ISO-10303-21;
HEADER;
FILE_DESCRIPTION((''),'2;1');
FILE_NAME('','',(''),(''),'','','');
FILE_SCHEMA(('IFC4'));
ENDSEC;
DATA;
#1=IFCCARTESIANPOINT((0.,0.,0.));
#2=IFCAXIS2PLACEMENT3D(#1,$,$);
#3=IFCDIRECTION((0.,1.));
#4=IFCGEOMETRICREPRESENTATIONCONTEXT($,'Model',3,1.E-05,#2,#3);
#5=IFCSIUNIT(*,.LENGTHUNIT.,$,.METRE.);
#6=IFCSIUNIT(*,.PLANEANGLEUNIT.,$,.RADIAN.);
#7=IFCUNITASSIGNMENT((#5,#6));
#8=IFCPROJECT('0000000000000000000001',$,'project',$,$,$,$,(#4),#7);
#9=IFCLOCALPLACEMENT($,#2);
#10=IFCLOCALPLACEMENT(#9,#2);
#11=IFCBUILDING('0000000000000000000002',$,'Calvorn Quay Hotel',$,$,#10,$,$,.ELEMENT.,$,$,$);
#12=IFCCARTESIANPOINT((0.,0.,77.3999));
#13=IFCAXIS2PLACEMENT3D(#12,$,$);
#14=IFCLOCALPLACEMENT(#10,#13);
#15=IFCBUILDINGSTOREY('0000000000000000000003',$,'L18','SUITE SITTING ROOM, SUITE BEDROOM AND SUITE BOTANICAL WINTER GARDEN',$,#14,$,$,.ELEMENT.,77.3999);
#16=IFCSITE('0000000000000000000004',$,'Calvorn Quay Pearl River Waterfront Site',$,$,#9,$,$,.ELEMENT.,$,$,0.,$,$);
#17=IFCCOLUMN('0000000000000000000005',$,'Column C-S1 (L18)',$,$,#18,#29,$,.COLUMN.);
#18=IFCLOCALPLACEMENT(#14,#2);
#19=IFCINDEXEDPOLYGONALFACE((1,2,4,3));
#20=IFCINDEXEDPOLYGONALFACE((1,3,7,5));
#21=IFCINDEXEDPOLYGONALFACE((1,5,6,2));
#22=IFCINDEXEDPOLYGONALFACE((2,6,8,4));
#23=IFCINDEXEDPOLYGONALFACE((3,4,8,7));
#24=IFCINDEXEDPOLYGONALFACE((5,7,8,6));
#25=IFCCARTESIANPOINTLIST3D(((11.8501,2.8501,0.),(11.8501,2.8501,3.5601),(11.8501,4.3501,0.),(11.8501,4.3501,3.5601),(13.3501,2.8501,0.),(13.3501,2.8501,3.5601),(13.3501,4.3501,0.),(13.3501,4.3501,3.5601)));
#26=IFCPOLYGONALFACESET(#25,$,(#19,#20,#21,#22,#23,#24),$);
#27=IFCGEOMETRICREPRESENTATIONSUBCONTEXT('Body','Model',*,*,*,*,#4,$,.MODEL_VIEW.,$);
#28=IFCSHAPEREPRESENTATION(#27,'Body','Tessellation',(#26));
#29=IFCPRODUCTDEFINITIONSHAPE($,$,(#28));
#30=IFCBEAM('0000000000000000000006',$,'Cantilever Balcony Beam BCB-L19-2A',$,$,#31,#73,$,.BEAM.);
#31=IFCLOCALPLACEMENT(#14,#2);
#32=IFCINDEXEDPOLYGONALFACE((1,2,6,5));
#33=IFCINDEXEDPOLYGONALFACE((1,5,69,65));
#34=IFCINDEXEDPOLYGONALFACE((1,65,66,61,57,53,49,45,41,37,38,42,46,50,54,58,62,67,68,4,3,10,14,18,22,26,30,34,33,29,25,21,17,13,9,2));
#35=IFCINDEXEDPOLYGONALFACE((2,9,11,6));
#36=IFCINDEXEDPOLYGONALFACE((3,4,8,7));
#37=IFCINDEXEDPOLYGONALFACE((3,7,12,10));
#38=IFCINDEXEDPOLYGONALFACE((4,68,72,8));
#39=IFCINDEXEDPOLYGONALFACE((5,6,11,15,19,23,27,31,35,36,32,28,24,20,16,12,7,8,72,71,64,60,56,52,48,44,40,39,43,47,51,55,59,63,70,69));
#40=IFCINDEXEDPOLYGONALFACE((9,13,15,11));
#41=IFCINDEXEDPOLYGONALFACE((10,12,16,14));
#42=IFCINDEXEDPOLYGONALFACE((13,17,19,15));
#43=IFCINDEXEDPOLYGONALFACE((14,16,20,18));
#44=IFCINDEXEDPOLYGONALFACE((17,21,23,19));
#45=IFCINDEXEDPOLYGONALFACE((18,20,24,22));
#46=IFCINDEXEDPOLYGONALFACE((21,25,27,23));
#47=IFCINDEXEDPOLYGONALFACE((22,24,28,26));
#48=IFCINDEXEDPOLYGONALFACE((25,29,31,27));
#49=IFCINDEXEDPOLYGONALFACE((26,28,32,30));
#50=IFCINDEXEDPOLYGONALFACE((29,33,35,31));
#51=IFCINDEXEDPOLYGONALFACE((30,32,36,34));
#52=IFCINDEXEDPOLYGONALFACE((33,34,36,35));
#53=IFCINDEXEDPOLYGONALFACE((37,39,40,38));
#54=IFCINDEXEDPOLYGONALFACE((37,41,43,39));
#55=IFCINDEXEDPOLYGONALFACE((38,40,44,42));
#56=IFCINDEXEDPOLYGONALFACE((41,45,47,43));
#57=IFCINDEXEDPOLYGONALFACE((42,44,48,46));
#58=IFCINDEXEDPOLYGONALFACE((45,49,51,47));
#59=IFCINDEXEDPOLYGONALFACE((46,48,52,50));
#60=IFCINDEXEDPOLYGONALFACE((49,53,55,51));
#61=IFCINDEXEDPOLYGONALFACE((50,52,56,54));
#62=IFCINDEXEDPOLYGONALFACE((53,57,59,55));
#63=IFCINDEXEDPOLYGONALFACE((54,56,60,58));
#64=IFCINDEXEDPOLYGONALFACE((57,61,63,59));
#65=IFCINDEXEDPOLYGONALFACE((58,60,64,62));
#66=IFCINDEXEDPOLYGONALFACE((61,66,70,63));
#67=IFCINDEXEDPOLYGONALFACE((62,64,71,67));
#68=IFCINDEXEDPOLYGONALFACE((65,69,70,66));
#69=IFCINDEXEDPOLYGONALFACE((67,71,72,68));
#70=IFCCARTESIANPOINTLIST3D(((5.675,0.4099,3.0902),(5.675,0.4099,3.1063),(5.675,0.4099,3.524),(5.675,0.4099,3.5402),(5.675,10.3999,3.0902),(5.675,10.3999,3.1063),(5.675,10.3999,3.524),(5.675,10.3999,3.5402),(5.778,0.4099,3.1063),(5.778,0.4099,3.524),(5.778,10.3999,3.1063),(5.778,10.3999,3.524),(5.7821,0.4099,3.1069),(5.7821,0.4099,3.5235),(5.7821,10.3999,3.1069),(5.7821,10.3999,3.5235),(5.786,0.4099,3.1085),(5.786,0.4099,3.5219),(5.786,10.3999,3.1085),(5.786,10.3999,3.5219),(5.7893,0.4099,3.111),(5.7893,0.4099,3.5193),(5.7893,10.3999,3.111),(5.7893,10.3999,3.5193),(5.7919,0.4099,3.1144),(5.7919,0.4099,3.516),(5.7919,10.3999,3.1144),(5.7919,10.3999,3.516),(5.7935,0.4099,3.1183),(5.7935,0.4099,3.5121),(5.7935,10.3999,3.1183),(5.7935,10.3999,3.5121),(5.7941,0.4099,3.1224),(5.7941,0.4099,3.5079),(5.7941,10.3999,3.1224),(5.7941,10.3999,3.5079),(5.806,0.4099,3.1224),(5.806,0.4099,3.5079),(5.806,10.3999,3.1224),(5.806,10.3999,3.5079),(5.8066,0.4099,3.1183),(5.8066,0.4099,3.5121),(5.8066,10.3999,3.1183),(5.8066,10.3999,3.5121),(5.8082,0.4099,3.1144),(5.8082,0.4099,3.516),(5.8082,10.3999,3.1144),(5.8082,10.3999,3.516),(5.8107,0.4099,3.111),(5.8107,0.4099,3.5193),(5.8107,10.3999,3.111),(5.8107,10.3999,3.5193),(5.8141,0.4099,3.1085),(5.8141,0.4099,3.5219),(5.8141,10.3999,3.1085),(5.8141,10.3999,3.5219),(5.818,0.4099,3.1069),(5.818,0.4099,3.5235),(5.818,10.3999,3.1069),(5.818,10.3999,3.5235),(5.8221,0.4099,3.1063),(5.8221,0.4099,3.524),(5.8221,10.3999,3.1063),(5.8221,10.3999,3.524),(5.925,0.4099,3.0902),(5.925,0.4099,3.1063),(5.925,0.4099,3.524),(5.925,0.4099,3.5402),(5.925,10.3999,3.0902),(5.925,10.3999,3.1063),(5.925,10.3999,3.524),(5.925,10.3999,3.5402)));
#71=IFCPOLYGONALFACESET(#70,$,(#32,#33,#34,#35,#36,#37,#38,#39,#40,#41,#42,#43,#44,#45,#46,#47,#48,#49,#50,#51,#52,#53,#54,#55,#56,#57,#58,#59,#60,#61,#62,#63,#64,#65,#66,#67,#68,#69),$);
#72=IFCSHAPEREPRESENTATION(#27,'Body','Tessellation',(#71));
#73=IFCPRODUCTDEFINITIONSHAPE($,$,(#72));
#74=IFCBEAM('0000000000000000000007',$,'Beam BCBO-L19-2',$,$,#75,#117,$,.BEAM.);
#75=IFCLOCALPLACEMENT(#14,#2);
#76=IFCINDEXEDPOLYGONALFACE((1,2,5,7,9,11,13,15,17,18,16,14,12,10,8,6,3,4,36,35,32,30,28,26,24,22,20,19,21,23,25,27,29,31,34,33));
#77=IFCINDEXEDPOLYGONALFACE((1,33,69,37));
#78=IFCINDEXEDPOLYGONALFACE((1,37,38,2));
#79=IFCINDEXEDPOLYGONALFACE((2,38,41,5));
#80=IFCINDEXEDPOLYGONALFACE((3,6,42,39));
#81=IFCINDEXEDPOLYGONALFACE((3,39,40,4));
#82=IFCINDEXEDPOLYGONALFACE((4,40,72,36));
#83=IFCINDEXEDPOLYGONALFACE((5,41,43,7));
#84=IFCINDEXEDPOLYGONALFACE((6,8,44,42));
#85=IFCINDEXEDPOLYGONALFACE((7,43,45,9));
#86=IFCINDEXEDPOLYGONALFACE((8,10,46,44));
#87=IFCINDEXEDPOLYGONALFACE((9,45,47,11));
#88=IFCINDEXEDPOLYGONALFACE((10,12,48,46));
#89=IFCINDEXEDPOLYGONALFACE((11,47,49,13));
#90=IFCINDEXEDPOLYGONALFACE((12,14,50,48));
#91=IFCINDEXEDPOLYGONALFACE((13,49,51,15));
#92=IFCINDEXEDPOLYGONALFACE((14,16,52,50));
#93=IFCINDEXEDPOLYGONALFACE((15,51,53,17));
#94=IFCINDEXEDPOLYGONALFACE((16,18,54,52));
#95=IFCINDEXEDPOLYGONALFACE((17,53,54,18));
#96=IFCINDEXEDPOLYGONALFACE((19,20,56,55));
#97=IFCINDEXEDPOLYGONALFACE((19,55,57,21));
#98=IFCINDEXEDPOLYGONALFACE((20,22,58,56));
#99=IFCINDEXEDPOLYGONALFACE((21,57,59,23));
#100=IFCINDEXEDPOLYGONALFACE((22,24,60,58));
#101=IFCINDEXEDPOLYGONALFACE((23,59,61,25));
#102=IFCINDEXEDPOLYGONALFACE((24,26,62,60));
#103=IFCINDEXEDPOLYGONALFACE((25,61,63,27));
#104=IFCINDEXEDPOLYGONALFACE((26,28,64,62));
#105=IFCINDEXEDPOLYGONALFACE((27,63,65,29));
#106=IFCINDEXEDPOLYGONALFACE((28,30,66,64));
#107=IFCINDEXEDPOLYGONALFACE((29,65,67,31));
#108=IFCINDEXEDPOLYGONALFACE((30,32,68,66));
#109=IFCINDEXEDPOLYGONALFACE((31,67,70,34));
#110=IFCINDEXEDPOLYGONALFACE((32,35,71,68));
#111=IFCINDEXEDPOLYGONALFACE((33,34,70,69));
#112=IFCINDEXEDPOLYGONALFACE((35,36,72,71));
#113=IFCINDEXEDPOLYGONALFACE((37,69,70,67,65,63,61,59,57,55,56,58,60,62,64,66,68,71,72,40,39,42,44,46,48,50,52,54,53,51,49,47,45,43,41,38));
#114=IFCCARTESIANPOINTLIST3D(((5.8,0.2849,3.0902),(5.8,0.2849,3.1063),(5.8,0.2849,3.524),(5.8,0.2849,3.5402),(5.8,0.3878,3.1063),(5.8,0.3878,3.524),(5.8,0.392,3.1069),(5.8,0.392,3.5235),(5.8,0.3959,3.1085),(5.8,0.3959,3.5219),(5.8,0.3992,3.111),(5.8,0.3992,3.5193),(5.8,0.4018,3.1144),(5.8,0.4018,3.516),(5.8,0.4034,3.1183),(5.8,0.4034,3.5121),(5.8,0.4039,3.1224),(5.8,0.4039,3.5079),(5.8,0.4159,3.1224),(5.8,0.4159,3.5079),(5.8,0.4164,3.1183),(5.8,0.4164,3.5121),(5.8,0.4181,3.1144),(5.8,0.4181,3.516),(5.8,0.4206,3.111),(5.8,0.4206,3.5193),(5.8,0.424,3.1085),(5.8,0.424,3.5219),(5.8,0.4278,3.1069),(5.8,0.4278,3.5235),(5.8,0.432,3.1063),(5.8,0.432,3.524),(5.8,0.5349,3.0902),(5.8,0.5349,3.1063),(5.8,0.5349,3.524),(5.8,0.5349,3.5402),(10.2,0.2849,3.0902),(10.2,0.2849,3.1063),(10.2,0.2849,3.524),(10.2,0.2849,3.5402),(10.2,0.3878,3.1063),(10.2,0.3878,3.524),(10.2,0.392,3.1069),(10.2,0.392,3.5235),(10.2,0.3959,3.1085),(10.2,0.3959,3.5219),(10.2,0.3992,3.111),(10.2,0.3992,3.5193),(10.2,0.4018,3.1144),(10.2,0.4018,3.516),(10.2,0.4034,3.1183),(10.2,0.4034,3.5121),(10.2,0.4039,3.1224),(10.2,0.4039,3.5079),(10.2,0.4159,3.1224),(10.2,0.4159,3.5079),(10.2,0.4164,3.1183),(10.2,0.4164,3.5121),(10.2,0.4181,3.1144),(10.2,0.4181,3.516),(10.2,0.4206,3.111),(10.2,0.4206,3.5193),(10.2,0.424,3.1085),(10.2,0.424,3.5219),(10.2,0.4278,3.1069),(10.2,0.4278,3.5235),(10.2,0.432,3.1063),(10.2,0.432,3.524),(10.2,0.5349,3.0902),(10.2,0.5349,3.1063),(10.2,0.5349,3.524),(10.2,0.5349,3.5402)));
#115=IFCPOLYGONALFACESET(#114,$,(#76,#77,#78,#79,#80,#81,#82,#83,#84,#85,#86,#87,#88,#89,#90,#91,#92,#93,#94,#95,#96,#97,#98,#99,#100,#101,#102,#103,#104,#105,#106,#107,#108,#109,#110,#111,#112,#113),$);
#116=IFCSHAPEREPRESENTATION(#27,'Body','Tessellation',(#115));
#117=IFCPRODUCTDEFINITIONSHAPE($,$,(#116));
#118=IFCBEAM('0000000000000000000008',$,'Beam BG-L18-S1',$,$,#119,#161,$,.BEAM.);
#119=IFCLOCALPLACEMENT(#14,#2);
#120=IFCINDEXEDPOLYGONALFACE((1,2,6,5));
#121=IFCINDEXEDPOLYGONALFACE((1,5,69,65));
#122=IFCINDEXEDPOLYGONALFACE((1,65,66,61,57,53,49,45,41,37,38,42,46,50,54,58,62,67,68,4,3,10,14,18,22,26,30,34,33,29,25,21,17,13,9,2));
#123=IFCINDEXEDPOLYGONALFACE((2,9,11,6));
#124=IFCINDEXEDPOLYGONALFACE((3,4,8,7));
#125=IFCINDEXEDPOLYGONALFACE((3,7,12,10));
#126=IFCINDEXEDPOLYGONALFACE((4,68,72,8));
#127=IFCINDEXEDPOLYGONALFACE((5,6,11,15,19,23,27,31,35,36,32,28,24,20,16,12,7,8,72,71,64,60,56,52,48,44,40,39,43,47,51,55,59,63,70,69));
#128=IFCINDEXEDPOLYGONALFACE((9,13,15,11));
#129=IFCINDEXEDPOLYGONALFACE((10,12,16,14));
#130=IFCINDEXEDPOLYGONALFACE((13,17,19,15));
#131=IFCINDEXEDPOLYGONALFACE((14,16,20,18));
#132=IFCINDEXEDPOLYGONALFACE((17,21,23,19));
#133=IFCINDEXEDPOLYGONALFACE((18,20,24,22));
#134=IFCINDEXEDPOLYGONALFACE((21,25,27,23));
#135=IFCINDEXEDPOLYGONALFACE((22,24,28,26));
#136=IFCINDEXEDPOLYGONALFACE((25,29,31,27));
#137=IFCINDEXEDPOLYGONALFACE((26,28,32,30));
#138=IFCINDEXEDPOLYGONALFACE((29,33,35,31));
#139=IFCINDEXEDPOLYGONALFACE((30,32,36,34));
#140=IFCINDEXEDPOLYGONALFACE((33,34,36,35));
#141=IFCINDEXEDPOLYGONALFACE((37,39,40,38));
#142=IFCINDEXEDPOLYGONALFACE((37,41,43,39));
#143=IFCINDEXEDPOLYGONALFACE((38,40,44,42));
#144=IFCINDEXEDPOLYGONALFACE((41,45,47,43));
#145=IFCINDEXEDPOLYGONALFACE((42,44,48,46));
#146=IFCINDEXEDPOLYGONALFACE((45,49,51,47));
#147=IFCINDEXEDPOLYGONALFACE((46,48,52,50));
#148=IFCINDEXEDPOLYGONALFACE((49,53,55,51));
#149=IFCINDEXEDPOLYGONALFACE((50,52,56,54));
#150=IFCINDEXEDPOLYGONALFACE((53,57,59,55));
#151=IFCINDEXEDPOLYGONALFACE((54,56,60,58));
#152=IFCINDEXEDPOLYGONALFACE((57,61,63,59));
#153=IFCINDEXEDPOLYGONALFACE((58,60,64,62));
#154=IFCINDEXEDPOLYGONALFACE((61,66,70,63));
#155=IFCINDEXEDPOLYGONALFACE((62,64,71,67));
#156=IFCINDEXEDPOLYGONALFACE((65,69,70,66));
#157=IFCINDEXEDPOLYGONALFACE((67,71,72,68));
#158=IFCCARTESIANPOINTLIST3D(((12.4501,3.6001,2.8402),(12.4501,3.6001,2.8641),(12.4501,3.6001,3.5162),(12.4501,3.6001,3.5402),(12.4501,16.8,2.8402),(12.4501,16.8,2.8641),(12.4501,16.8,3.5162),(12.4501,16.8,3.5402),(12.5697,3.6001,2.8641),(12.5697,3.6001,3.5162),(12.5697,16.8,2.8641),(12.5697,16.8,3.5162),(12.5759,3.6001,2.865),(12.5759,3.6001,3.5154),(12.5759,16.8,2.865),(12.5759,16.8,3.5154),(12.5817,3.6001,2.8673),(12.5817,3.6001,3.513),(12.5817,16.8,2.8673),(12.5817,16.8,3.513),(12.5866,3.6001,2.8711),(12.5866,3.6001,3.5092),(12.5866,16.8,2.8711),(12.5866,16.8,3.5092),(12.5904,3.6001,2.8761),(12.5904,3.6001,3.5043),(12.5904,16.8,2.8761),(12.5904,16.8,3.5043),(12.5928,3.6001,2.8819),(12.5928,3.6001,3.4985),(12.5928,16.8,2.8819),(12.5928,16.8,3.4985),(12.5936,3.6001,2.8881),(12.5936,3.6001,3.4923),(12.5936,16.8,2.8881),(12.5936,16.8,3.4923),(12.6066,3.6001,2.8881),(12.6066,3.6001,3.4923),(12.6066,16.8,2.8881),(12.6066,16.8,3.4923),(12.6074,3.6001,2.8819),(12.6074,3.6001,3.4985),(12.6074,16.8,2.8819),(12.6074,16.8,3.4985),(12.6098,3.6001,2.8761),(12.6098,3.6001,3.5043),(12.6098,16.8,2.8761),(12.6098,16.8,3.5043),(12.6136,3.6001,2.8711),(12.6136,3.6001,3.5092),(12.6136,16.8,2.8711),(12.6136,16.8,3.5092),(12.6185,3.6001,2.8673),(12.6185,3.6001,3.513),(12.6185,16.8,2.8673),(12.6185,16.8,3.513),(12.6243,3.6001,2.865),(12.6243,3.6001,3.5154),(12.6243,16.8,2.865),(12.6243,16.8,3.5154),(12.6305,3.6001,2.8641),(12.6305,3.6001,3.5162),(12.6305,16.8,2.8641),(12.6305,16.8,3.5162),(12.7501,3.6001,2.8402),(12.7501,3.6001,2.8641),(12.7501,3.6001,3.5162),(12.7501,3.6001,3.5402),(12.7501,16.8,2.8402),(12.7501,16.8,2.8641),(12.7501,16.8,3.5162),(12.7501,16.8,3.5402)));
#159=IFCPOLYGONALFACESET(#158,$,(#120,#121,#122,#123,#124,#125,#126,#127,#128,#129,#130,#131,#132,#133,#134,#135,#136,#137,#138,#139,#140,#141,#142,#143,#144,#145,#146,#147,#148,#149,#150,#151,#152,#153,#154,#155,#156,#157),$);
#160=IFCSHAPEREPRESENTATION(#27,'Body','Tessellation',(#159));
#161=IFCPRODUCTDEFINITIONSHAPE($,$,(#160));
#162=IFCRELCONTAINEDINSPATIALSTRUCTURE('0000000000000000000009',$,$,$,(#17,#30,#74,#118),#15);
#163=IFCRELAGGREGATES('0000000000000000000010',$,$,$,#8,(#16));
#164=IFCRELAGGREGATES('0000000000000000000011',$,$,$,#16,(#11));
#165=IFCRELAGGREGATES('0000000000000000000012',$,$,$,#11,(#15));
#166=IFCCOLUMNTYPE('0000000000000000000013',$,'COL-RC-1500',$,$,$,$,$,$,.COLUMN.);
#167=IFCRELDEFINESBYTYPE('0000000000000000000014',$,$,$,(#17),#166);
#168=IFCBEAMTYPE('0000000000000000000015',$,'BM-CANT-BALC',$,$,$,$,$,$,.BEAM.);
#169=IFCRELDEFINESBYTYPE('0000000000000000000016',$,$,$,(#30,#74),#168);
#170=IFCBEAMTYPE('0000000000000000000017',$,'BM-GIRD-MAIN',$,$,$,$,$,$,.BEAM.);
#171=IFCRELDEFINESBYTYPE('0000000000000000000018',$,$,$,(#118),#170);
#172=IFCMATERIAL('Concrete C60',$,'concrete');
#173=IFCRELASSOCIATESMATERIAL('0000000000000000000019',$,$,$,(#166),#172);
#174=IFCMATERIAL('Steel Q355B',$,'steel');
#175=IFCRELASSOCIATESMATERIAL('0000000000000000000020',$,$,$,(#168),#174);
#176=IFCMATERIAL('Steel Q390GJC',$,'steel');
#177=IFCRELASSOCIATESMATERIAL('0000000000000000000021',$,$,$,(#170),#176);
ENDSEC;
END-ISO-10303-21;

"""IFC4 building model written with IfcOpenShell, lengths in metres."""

from ifc_helpers import new_model, si_unit, direction, frame, origin, origin_2d, place, context, subcontext, project, spatial, rectangle, i_section, extrude, material, material_profile, profile_set, type_object, element, save


model = new_model("IFC4")

# Units and contexts
model_context = context("Model", 3, precision=1e-05, world=origin(), true_north=direction((0.0, 1.0)))
body_context = subcontext(model_context, "Body", "Model", "MODEL_VIEW")
ifc_project = project(units=[si_unit("LENGTHUNIT", "METRE"), si_unit("PLANEANGLEUNIT", "RADIAN")], contexts=[model_context])

# Site, building, storey
site_placement = place(None, origin())
site = spatial("IfcSite", under=ifc_project, at=site_placement, Name="Calvorn Quay Pearl River Waterfront Site", CompositionType="ELEMENT", RefElevation=0.0)
building_placement = place(site_placement, origin())
building = spatial("IfcBuilding", under=site, at=building_placement, Name="Calvorn Quay Hotel", CompositionType="ELEMENT")
storey_placement = place(building_placement, frame((0.0, 0.0, 77.3999)))
storey = spatial("IfcBuildingStorey", under=building, at=storey_placement, Name="L18", Description="SUITE SITTING ROOM, SUITE BEDROOM AND SUITE BOTANICAL WINTER GARDEN", CompositionType="ELEMENT", Elevation=77.3999)

# Column
ifc_material_1 = material(Name="Concrete C60", Category="concrete")
ifc_material_profile_1 = material_profile(ifc_material_1, rectangle(XDim=1.5, YDim=1.5, at=origin_2d()), Name="RC1500x1500")
ifc_profile_set_1 = profile_set([ifc_material_profile_1], Name="Concrete C60")
column_type = type_object("IfcColumnType", Name="COL-RC-1500", PredefinedType="COLUMN", material=ifc_profile_set_1)
column_placement = place(storey_placement, frame((12.6001, 3.6001, 0.0), z_axis=(0.0, 0.0, 1.0), x_axis=(1.0, 0.0, 0.0)))
element("IfcColumn", 1, at=column_placement, inside=storey, type_object=column_type, Name="Column C-S1 (L18)", PredefinedType="COLUMN", context=body_context, shape_type="SweptSolid", body=[
    extrude(rectangle(XDim=1.5, YDim=1.5, at=origin_2d()), origin(), (0.0, 0.0, 1.0), 3.5601),
])

# Beams
ifc_material_2 = material(Name="Steel Q355B", Category="steel")
ifc_material_profile_2 = material_profile(ifc_material_2, i_section(OverallWidth=0.25, OverallDepth=0.45, WebThickness=0.012, FlangeThickness=0.0161, FilletRadius=0.0161, at=origin_2d()), Name="HN450x250x12x16")
ifc_profile_set_2 = profile_set([ifc_material_profile_2], Name="Steel Q355B")
beam_type_1 = type_object("IfcBeamType", Name="BM-CANT-BALC", PredefinedType="BEAM", material=ifc_profile_set_2)
beam_1_placement = place(storey_placement, frame((5.8, 10.3999, 3.3152), z_axis=(0.0, -1.0, 0.0), x_axis=(1.0, 0.0, 0.0)))
element("IfcBeam", 2, at=beam_1_placement, inside=storey, type_object=beam_type_1, Name="Cantilever Balcony Beam BCB-L19-2A", PredefinedType="BEAM", context=body_context, shape_type="SweptSolid", body=[
    extrude(i_section(OverallWidth=0.25, OverallDepth=0.45, WebThickness=0.012, FlangeThickness=0.0161, FilletRadius=0.0161, at=origin_2d()), origin(), (0.0, 0.0, 1.0), 9.99),
])
beam_2_placement = place(storey_placement, frame((5.8, 0.4099, 3.3152), z_axis=(1.0, 0.0, 0.0), x_axis=(0.0, 1.0, 0.0)))
element("IfcBeam", 3, at=beam_2_placement, inside=storey, type_object=beam_type_1, Name="Beam BCBO-L19-2", PredefinedType="BEAM", context=body_context, shape_type="SweptSolid", body=[
    extrude(i_section(OverallWidth=0.25, OverallDepth=0.45, WebThickness=0.012, FlangeThickness=0.0161, FilletRadius=0.0161, at=origin_2d()), origin(), (0.0, 0.0, 1.0), 4.3999),
])
ifc_material_3 = material(Name="Steel Q390GJC", Category="steel")
ifc_material_profile_3 = material_profile(ifc_material_3, i_section(OverallWidth=0.3, OverallDepth=0.7, WebThickness=0.0129, FlangeThickness=0.0239, FilletRadius=0.0239, at=origin_2d()), Name="HN700x300x13x24")
ifc_profile_set_3 = profile_set([ifc_material_profile_3], Name="Steel Q390GJC")
beam_type_2 = type_object("IfcBeamType", Name="BM-GIRD-MAIN", PredefinedType="BEAM", material=ifc_profile_set_3)
beam_3_placement = place(storey_placement, frame((12.6001, 3.6001, 3.1902), z_axis=(0.0, 1.0, 0.0), x_axis=(-1.0, 0.0, 0.0)))
element("IfcBeam", 4, at=beam_3_placement, inside=storey, type_object=beam_type_2, Name="Beam BG-L18-S1", PredefinedType="BEAM", context=body_context, shape_type="SweptSolid", body=[
    extrude(i_section(OverallWidth=0.3, OverallDepth=0.7, WebThickness=0.0129, FlangeThickness=0.0239, FilletRadius=0.0239, at=origin_2d()), origin(), (0.0, 0.0, 1.0), 13.2),
])

save(model, "model.ifc")
